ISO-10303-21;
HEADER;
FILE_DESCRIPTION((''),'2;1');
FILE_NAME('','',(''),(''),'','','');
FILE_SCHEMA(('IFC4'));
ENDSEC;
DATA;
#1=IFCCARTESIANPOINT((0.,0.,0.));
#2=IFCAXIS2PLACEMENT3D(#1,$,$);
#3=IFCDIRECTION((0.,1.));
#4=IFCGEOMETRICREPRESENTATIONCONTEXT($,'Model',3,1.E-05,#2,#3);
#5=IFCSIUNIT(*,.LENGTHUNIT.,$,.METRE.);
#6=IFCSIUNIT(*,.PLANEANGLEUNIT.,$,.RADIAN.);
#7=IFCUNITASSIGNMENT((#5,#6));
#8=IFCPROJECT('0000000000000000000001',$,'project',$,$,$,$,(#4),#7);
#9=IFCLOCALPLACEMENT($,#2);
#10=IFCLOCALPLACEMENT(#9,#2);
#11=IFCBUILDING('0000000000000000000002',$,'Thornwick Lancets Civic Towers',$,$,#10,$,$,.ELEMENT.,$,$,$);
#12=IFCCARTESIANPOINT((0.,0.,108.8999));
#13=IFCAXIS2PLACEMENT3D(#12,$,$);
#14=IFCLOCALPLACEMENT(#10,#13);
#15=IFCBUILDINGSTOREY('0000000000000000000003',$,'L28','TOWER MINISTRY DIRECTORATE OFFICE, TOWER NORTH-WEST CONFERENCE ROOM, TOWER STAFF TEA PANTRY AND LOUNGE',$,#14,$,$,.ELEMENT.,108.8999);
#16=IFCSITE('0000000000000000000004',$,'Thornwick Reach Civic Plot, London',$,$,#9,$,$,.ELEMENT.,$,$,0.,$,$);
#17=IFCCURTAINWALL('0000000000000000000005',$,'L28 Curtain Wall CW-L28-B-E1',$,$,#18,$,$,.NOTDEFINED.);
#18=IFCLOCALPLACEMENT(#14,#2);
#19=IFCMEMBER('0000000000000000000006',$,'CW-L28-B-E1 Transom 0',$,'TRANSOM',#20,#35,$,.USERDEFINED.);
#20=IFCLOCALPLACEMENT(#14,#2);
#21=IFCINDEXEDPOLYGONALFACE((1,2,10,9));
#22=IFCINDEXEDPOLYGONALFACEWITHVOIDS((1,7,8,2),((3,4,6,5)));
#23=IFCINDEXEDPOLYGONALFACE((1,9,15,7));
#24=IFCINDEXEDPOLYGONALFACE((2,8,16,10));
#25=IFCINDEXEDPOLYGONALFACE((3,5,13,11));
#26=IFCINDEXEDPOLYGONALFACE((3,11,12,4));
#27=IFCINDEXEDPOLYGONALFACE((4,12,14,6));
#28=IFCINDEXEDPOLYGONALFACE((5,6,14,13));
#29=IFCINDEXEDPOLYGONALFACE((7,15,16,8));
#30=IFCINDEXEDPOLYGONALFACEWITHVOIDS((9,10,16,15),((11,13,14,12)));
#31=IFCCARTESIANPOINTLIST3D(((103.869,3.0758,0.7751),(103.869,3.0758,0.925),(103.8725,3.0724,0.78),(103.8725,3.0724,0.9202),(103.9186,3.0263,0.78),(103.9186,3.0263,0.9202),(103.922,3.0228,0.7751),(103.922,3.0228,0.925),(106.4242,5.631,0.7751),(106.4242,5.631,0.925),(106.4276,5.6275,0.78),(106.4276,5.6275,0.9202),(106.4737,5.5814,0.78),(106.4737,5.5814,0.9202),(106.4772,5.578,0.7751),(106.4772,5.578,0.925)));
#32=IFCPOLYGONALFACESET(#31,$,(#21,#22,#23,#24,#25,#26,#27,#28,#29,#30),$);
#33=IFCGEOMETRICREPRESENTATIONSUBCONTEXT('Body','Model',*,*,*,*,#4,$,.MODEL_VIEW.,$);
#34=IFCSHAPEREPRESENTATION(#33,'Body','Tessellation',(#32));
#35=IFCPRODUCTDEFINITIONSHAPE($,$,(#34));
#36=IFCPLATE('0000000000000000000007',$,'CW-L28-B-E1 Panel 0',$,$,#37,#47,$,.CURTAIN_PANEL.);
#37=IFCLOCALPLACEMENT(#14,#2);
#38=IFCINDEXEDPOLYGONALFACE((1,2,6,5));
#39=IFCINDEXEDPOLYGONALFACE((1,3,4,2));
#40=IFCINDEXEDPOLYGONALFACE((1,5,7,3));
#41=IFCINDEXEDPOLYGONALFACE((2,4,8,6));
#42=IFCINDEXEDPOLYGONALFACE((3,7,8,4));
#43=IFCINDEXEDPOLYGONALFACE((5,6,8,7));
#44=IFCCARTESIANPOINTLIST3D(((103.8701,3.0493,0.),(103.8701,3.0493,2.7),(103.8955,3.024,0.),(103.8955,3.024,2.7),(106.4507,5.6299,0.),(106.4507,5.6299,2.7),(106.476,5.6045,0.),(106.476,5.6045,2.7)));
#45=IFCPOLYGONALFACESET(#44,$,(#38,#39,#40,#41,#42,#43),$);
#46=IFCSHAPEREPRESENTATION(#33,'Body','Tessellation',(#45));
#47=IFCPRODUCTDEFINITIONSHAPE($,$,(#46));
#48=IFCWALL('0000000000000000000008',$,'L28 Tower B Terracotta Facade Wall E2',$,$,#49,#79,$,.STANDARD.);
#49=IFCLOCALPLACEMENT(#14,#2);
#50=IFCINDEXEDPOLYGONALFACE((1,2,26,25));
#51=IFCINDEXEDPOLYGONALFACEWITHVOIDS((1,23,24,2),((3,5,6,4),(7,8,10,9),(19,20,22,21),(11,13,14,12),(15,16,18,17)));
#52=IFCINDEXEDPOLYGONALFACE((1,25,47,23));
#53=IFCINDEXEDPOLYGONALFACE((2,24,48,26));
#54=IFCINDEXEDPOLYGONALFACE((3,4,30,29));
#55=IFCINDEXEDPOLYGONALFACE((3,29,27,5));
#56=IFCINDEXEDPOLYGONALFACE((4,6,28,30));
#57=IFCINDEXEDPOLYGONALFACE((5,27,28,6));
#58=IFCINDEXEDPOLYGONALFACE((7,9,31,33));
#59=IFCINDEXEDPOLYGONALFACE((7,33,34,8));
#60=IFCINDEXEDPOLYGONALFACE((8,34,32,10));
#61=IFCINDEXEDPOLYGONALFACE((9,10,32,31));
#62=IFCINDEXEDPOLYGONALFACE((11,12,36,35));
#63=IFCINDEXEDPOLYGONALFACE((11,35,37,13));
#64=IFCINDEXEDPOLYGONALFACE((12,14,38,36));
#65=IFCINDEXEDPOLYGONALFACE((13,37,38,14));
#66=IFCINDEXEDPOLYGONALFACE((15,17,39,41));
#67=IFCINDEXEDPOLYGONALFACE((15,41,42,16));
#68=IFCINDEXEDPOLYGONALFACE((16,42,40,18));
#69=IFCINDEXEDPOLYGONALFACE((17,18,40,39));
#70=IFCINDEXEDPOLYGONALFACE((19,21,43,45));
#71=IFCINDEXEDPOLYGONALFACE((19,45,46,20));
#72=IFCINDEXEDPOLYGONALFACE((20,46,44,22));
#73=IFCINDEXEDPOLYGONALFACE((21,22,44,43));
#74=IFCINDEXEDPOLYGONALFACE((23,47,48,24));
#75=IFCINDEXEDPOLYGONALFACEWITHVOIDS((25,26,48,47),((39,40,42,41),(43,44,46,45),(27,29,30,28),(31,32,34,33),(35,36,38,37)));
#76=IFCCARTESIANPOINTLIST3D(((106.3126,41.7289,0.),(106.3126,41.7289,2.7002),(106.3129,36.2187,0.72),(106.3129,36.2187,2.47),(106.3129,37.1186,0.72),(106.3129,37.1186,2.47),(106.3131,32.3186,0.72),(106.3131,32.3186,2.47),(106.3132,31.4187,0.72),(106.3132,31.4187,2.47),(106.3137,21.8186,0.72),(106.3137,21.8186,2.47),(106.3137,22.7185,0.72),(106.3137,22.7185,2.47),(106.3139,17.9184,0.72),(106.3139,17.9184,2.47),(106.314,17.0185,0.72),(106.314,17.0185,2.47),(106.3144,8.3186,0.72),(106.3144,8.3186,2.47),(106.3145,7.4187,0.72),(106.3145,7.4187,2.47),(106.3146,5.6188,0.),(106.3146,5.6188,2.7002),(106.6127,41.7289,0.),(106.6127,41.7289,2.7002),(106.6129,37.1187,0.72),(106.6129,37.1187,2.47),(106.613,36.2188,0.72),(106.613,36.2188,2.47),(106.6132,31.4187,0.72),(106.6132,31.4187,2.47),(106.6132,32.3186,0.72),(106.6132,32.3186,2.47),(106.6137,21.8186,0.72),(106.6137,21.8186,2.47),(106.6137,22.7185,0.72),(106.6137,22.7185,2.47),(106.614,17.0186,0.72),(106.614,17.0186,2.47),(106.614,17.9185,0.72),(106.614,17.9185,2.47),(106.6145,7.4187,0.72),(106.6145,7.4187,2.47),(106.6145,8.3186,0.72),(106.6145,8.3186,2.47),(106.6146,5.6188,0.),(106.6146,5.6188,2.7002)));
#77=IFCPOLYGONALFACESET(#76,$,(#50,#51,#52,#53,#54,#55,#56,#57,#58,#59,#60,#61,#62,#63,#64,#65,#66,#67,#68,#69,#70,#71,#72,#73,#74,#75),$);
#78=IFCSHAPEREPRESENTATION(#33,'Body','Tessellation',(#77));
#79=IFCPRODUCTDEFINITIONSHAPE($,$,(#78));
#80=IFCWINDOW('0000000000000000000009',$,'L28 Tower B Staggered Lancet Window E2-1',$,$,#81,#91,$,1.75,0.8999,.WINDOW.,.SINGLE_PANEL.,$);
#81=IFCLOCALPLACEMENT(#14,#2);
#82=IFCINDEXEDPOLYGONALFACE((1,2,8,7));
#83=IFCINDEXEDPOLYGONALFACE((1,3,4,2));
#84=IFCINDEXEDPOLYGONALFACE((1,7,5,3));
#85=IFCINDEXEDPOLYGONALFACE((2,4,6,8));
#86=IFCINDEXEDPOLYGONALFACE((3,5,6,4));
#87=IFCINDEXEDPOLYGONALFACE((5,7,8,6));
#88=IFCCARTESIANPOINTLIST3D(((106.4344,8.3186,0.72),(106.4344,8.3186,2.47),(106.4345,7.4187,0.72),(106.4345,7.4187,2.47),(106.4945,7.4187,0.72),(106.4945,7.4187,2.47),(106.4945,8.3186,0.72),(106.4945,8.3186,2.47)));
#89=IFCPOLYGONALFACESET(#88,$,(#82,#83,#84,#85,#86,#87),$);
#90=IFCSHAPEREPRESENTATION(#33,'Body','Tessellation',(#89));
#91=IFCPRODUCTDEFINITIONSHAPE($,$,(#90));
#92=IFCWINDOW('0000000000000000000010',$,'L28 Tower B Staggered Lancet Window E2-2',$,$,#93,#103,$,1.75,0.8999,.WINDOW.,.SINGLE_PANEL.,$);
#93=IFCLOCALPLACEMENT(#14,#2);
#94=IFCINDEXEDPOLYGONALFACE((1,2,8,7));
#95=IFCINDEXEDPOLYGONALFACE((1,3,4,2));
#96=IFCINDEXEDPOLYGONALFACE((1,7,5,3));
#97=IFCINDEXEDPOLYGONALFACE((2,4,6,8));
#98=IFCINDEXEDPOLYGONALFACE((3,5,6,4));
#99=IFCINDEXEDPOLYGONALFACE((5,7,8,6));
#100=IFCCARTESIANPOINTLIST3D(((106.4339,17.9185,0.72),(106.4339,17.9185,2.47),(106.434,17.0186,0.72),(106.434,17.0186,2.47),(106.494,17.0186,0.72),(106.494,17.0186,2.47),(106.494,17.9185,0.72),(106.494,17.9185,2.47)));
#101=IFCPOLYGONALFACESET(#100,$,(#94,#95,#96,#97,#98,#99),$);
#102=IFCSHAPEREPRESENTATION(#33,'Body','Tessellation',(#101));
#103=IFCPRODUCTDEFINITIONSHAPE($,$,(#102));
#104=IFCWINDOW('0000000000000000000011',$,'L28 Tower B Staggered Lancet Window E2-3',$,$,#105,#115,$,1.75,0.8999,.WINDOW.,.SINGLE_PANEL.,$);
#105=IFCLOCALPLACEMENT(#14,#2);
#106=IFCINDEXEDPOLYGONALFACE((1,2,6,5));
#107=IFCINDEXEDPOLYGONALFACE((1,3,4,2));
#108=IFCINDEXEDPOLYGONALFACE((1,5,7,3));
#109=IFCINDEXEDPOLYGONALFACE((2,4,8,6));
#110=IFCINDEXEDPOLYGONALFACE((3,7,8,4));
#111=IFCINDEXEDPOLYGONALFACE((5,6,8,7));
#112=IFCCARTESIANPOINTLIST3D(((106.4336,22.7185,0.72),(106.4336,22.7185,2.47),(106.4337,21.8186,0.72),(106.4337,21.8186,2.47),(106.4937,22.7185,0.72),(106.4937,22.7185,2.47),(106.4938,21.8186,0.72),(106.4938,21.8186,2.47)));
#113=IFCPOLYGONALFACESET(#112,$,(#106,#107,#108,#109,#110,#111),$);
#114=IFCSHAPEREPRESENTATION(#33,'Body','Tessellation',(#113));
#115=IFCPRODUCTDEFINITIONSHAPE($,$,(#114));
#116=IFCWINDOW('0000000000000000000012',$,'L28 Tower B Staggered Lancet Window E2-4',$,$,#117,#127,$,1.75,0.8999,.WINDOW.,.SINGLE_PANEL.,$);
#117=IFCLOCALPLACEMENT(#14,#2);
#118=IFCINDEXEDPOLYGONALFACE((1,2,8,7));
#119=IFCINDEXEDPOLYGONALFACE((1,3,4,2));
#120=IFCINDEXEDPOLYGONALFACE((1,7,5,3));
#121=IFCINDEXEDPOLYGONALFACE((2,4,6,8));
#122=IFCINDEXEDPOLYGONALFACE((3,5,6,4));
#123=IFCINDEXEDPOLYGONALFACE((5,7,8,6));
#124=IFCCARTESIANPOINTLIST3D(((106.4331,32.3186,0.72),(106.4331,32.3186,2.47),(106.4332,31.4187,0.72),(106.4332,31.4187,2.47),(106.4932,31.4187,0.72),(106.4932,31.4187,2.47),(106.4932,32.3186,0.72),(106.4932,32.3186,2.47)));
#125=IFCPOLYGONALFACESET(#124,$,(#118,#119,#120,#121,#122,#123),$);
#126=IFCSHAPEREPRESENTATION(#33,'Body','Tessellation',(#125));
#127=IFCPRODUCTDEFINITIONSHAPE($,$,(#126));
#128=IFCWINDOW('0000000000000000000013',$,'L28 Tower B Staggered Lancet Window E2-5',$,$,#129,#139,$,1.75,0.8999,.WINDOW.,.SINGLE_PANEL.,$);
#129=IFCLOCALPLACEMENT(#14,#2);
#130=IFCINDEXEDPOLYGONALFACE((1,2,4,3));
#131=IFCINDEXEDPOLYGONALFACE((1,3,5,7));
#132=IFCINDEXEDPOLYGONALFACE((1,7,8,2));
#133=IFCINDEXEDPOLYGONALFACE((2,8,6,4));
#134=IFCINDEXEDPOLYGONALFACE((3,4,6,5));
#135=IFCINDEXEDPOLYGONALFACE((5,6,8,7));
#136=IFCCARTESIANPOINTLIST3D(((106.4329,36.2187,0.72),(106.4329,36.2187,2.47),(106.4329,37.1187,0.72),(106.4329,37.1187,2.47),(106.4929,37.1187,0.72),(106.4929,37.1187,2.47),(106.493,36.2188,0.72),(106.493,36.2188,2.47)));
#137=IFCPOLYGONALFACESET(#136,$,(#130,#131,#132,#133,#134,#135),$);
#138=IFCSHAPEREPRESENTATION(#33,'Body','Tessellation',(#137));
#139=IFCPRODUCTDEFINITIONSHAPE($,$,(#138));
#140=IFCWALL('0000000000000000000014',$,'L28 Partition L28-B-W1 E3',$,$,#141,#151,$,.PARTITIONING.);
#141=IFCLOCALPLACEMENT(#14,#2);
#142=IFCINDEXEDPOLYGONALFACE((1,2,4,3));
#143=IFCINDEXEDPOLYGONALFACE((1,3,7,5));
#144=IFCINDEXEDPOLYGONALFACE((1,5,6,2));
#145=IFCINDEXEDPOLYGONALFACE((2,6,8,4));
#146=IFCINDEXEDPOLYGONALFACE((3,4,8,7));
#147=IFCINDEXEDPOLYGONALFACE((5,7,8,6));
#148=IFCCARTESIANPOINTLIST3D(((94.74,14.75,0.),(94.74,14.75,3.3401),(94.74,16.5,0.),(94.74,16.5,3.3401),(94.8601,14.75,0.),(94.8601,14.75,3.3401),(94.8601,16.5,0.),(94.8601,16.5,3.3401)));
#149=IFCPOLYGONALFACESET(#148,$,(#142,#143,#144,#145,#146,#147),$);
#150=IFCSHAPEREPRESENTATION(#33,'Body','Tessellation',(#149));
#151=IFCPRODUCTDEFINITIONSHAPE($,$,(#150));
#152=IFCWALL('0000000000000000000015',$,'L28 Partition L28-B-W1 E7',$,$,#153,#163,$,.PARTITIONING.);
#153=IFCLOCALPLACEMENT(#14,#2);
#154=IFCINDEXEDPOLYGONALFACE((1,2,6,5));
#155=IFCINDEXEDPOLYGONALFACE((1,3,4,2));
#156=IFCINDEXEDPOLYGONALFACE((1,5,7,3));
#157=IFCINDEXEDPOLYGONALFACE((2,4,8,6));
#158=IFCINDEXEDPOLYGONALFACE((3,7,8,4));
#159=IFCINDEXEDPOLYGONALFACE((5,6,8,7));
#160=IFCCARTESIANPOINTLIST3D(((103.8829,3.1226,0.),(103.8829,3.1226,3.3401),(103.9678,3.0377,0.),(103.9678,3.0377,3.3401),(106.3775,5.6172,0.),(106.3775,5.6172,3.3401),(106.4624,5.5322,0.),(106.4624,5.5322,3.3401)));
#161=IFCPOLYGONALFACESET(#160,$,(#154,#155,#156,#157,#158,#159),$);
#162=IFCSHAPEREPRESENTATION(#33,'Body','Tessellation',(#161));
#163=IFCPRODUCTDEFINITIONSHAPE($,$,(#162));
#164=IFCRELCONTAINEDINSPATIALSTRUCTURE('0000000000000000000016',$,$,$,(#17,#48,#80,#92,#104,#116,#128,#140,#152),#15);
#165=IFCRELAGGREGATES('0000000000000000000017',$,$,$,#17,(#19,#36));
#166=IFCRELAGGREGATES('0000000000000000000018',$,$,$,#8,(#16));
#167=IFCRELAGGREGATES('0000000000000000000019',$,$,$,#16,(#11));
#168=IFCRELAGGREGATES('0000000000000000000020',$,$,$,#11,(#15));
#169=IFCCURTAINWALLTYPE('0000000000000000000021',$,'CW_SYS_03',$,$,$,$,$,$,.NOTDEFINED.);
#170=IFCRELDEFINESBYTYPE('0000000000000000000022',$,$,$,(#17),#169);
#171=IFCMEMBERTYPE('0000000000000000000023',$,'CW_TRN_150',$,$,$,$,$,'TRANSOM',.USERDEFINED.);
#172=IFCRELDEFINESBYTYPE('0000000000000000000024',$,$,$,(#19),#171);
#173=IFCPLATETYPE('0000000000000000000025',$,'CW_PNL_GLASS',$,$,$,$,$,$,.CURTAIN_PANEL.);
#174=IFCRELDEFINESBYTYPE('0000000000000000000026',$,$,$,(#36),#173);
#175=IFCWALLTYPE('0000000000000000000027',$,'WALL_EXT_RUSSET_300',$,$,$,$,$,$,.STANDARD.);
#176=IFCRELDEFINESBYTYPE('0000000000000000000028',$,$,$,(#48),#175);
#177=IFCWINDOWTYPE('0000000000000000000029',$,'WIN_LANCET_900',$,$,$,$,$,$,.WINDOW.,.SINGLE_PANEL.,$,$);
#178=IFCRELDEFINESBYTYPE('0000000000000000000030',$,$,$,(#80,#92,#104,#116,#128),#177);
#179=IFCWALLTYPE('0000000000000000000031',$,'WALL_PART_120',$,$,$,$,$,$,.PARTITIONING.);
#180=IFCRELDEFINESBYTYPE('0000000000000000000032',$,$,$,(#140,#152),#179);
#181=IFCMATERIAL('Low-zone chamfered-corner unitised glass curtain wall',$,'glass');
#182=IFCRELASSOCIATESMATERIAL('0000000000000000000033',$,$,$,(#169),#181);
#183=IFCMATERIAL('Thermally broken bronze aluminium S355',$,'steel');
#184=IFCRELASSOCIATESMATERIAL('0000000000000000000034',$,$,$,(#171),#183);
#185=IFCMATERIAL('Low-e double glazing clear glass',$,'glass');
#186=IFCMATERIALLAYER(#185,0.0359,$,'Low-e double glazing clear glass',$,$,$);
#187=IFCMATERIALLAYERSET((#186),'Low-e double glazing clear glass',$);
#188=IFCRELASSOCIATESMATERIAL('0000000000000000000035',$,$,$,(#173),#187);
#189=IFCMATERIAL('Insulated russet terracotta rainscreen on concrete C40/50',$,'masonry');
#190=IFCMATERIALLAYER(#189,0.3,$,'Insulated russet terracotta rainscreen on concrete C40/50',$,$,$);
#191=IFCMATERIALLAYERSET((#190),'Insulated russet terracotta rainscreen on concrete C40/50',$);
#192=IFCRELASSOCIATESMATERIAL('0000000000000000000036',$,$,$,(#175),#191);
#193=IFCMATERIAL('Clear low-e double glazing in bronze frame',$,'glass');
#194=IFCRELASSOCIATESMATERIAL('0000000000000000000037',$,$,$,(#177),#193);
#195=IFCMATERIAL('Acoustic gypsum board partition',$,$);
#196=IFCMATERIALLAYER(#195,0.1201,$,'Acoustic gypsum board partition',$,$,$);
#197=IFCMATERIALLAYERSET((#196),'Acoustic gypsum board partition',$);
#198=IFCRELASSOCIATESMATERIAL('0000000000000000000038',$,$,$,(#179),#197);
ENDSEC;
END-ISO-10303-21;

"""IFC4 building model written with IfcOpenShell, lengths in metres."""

from ifc_helpers import new_model, si_unit, direction, frame, frame_2d, origin, origin_2d, place, context, subcontext, project, spatial, rectangle, hollow_rectangle, extrude, material, layer, layer_set, material_profile, profile_set, type_object, element, fill, aggregate, save


model = new_model("IFC4")

# Units and contexts
model_context = context("Model", 3, precision=1e-05, world=origin(), true_north=direction((0.0, 1.0)))
body_context = subcontext(model_context, "Body", "Model", "MODEL_VIEW")
ifc_project = project(units=[si_unit("LENGTHUNIT", "METRE"), si_unit("PLANEANGLEUNIT", "RADIAN")], contexts=[model_context])

# Site, building, storey
site_placement = place(None, origin())
site = spatial("IfcSite", under=ifc_project, at=site_placement, Name="Thornwick Reach Civic Plot, London", CompositionType="ELEMENT", RefElevation=0.0)
building_placement = place(site_placement, origin())
building = spatial("IfcBuilding", under=site, at=building_placement, Name="Thornwick Lancets Civic Towers", CompositionType="ELEMENT")
storey_placement = place(building_placement, frame((0.0, 0.0, 108.8999)))
storey = spatial("IfcBuildingStorey", under=building, at=storey_placement, Name="L28", Description="TOWER MINISTRY DIRECTORATE OFFICE, TOWER NORTH-WEST CONFERENCE ROOM, TOWER STAFF TEA PANTRY AND LOUNGE", CompositionType="ELEMENT", Elevation=108.8999)

# Curtain wall, member, plate
ifc_material_1 = material(Name="Low-zone chamfered-corner unitised glass curtain wall", Category="glass")
curtain_wall_type = type_object("IfcCurtainWallType", Name="CW_SYS_03", PredefinedType="NOTDEFINED", material=ifc_material_1)
curtain_wall_placement = place(storey_placement, origin())
curtain_wall = element("IfcCurtainWall", 1, at=curtain_wall_placement, inside=storey, type_object=curtain_wall_type, Name="L28 Curtain Wall CW-L28-B-E1", PredefinedType="NOTDEFINED")
ifc_material_2 = material(Name="Thermally broken bronze aluminium S355", Category="steel")
ifc_material_profile_1 = material_profile(ifc_material_2, hollow_rectangle(XDim=0.075, YDim=0.1499, WallThickness=0.0049, at=origin_2d()), Name="RHS 150x75x5")
ifc_profile_set_1 = profile_set([ifc_material_profile_1], Name="Thermally broken bronze aluminium S355")
member_type_1 = type_object("IfcMemberType", Name="CW_TRN_150", ElementType="TRANSOM", PredefinedType="USERDEFINED", material=ifc_profile_set_1)
member_1_placement = place(storey_placement, frame((103.8955, 3.0493, 0.8501), z_axis=(0.707107, 0.707107, 0.0), x_axis=(-0.707107, 0.707107, 0.0)))
member_1 = element("IfcMember", 2, at=member_1_placement, type_object=member_type_1, Name="CW-L28-B-E1 Transom 0", ObjectType="TRANSOM", PredefinedType="USERDEFINED", context=body_context, shape_type="SweptSolid", body=[
    extrude(hollow_rectangle(XDim=0.075, YDim=0.1499, WallThickness=0.0049, at=origin_2d()), origin(), (0.0, 0.0, 1.0), 3.6135),
])
ifc_material_3 = material(Name="Low-e double glazing clear glass", Category="glass")
ifc_layer_1 = layer(ifc_material_3, 0.0359, Name="Low-e double glazing clear glass")
ifc_layer_set_1 = layer_set([ifc_layer_1], Name="Low-e double glazing clear glass")
plate_type = type_object("IfcPlateType", Name="CW_PNL_GLASS", PredefinedType="CURTAIN_PANEL", material=ifc_layer_set_1)
plate_placement = place(storey_placement, frame((105.1731, 4.3269, 0.0), z_axis=(0.0, 0.0, 1.0), x_axis=(0.707107, 0.707107, 0.0)))
plate = element("IfcPlate", 3, at=plate_placement, type_object=plate_type, Name="CW-L28-B-E1 Panel 0", PredefinedType="CURTAIN_PANEL", context=body_context, shape_type="SweptSolid", body=[
    extrude(rectangle(XDim=3.6494, YDim=0.0359, at=origin_2d()), origin(), (0.0, 0.0, 1.0), 2.7),
])
aggregate(curtain_wall, [member_1, plate])

# Wall, openings, windows
ifc_material_4 = material(Name="Insulated russet terracotta rainscreen on concrete C40/50", Category="masonry")
ifc_layer_2 = layer(ifc_material_4, 0.3, Name="Insulated russet terracotta rainscreen on concrete C40/50")
ifc_layer_set_2 = layer_set([ifc_layer_2], Name="Insulated russet terracotta rainscreen on concrete C40/50")
wall_type_1 = type_object("IfcWallType", Name="WALL_EXT_RUSSET_300", PredefinedType="STANDARD", material=ifc_layer_set_2)
wall_1_placement = place(storey_placement, frame((106.4646, 5.6187, 0.0), z_axis=(0.0, 0.0, 1.0), x_axis=(-0.000054, 1.0, 0.0)))
wall_1 = element("IfcWall", 4, at=wall_1_placement, inside=storey, type_object=wall_type_1, Name="L28 Tower B Terracotta Facade Wall E2", PredefinedType="STANDARD", context=body_context, shape_type="SweptSolid", body=[
    extrude(rectangle(XDim=36.1101, YDim=0.3, at=frame_2d((18.0552, 0.0))), origin(), (0.0, 0.0, 1.0), 2.7002),
])
opening_1_placement = place(wall_1_placement, frame((1.8, 0.0, 0.72)))
opening_1 = element("IfcOpeningElement", 5, at=opening_1_placement, cuts=wall_1, PredefinedType="OPENING", context=body_context, shape_type="SweptSolid", body=[
    extrude(rectangle(XDim=0.8999, YDim=1.75, at=frame_2d((0.45, 0.875))), frame((0.0, 0.1602, 0.0), z_axis=(0.0, -1.0, 0.0), x_axis=(1.0, 0.0, 0.0)), (0.0, 0.0, 1.0), 0.3201),
])
opening_2_placement = place(wall_1_placement, frame((11.3999, 0.0, 0.72)))
opening_2 = element("IfcOpeningElement", 6, at=opening_2_placement, cuts=wall_1, PredefinedType="OPENING", context=body_context, shape_type="SweptSolid", body=[
    extrude(rectangle(XDim=0.8999, YDim=1.75, at=frame_2d((0.45, 0.875))), frame((0.0, 0.1602, 0.0), z_axis=(0.0, -1.0, 0.0), x_axis=(1.0, 0.0, 0.0)), (0.0, 0.0, 1.0), 0.3201),
])
opening_3_placement = place(wall_1_placement, frame((16.2, 0.0, 0.72)))
opening_3 = element("IfcOpeningElement", 7, at=opening_3_placement, cuts=wall_1, PredefinedType="OPENING", context=body_context, shape_type="SweptSolid", body=[
    extrude(rectangle(XDim=0.8999, YDim=1.75, at=frame_2d((0.45, 0.875))), frame((0.0, 0.1602, 0.0), z_axis=(0.0, -1.0, 0.0), x_axis=(1.0, 0.0, 0.0)), (0.0, 0.0, 1.0), 0.3201),
])
opening_4_placement = place(wall_1_placement, frame((25.8, 0.0, 0.72)))
opening_4 = element("IfcOpeningElement", 8, at=opening_4_placement, cuts=wall_1, PredefinedType="OPENING", context=body_context, shape_type="SweptSolid", body=[
    extrude(rectangle(XDim=0.8999, YDim=1.75, at=frame_2d((0.45, 0.875))), frame((0.0, 0.1602, 0.0), z_axis=(0.0, -1.0, 0.0), x_axis=(1.0, 0.0, 0.0)), (0.0, 0.0, 1.0), 0.3201),
])
opening_5_placement = place(wall_1_placement, frame((30.6001, 0.0, 0.72)))
opening_5 = element("IfcOpeningElement", 9, at=opening_5_placement, cuts=wall_1, PredefinedType="OPENING", context=body_context, shape_type="SweptSolid", body=[
    extrude(rectangle(XDim=0.8999, YDim=1.75, at=frame_2d((0.45, 0.875))), frame((0.0, 0.1602, 0.0), z_axis=(0.0, -1.0, 0.0), x_axis=(1.0, 0.0, 0.0)), (0.0, 0.0, 1.0), 0.3201),
])
ifc_material_5 = material(Name="Clear low-e double glazing in bronze frame", Category="glass")
window_type = type_object("IfcWindowType", Name="WIN_LANCET_900", PartitioningType="SINGLE_PANEL", PredefinedType="WINDOW", material=ifc_material_5)
window_1_placement = place(opening_1_placement, origin())
window_1 = element("IfcWindow", 10, at=window_1_placement, inside=storey, type_object=window_type, Name="L28 Tower B Staggered Lancet Window E2-1", OverallHeight=1.75, OverallWidth=0.8999, PartitioningType="SINGLE_PANEL", PredefinedType="WINDOW", context=body_context, shape_type="SweptSolid", body=[
    extrude(rectangle(XDim=0.8999, YDim=1.75, at=frame_2d((0.45, 0.875))), frame((0.0, 0.03, 0.0), z_axis=(0.0, -1.0, 0.0), x_axis=(1.0, 0.0, 0.0)), (0.0, 0.0, 1.0), 0.0601),
])
fill(opening_1, window_1)
window_2_placement = place(opening_2_placement, origin())
window_2 = element("IfcWindow", 11, at=window_2_placement, inside=storey, type_object=window_type, Name="L28 Tower B Staggered Lancet Window E2-2", OverallHeight=1.75, OverallWidth=0.8999, PartitioningType="SINGLE_PANEL", PredefinedType="WINDOW", context=body_context, shape_type="SweptSolid", body=[
    extrude(rectangle(XDim=0.8999, YDim=1.75, at=frame_2d((0.45, 0.875))), frame((0.0, 0.03, 0.0), z_axis=(0.0, -1.0, 0.0), x_axis=(1.0, 0.0, 0.0)), (0.0, 0.0, 1.0), 0.0601),
])
fill(opening_2, window_2)
window_3_placement = place(opening_3_placement, origin())
window_3 = element("IfcWindow", 12, at=window_3_placement, inside=storey, type_object=window_type, Name="L28 Tower B Staggered Lancet Window E2-3", OverallHeight=1.75, OverallWidth=0.8999, PartitioningType="SINGLE_PANEL", PredefinedType="WINDOW", context=body_context, shape_type="SweptSolid", body=[
    extrude(rectangle(XDim=0.8999, YDim=1.75, at=frame_2d((0.45, 0.875))), frame((0.0, 0.03, 0.0), z_axis=(0.0, -1.0, 0.0), x_axis=(1.0, 0.0, 0.0)), (0.0, 0.0, 1.0), 0.0601),
])
fill(opening_3, window_3)
window_4_placement = place(opening_4_placement, origin())
window_4 = element("IfcWindow", 13, at=window_4_placement, inside=storey, type_object=window_type, Name="L28 Tower B Staggered Lancet Window E2-4", OverallHeight=1.75, OverallWidth=0.8999, PartitioningType="SINGLE_PANEL", PredefinedType="WINDOW", context=body_context, shape_type="SweptSolid", body=[
    extrude(rectangle(XDim=0.8999, YDim=1.75, at=frame_2d((0.45, 0.875))), frame((0.0, 0.03, 0.0), z_axis=(0.0, -1.0, 0.0), x_axis=(1.0, 0.0, 0.0)), (0.0, 0.0, 1.0), 0.0601),
])
fill(opening_4, window_4)
window_5_placement = place(opening_5_placement, origin())
window_5 = element("IfcWindow", 14, at=window_5_placement, inside=storey, type_object=window_type, Name="L28 Tower B Staggered Lancet Window E2-5", OverallHeight=1.75, OverallWidth=0.8999, PartitioningType="SINGLE_PANEL", PredefinedType="WINDOW", context=body_context, shape_type="SweptSolid", body=[
    extrude(rectangle(XDim=0.8999, YDim=1.75, at=frame_2d((0.45, 0.875))), frame((0.0, 0.03, 0.0), z_axis=(0.0, -1.0, 0.0), x_axis=(1.0, 0.0, 0.0)), (0.0, 0.0, 1.0), 0.0601),
])
fill(opening_5, window_5)

# Walls
ifc_material_6 = material(Name="Acoustic gypsum board partition")
ifc_layer_3 = layer(ifc_material_6, 0.1201, Name="Acoustic gypsum board partition")
ifc_layer_set_3 = layer_set([ifc_layer_3], Name="Acoustic gypsum board partition")
wall_type_2 = type_object("IfcWallType", Name="WALL_PART_120", PredefinedType="PARTITIONING", material=ifc_layer_set_3)
wall_2_placement = place(storey_placement, frame((94.8, 14.75, 0.0), z_axis=(0.0, 0.0, 1.0), x_axis=(0.0, 1.0, 0.0)))
element("IfcWall", 15, at=wall_2_placement, inside=storey, type_object=wall_type_2, Name="L28 Partition L28-B-W1 E3", PredefinedType="PARTITIONING", context=body_context, shape_type="SweptSolid", body=[
    extrude(rectangle(XDim=1.75, YDim=0.1201, at=frame_2d((0.875, 0.0))), origin(), (0.0, 0.0, 1.0), 3.3401),
])
wall_3_placement = place(storey_placement, frame((106.4199, 5.5747, 0.0), z_axis=(0.0, 0.0, 1.0), x_axis=(-0.707107, -0.707107, 0.0)))
element("IfcWall", 16, at=wall_3_placement, inside=storey, type_object=wall_type_2, Name="L28 Partition L28-B-W1 E7", PredefinedType="PARTITIONING", context=body_context, shape_type="SweptSolid", body=[
    extrude(rectangle(XDim=3.5278, YDim=0.1201, at=frame_2d((1.7639, 0.0))), origin(), (0.0, 0.0, 1.0), 3.3401),
])

save(model, "model.ifc")
